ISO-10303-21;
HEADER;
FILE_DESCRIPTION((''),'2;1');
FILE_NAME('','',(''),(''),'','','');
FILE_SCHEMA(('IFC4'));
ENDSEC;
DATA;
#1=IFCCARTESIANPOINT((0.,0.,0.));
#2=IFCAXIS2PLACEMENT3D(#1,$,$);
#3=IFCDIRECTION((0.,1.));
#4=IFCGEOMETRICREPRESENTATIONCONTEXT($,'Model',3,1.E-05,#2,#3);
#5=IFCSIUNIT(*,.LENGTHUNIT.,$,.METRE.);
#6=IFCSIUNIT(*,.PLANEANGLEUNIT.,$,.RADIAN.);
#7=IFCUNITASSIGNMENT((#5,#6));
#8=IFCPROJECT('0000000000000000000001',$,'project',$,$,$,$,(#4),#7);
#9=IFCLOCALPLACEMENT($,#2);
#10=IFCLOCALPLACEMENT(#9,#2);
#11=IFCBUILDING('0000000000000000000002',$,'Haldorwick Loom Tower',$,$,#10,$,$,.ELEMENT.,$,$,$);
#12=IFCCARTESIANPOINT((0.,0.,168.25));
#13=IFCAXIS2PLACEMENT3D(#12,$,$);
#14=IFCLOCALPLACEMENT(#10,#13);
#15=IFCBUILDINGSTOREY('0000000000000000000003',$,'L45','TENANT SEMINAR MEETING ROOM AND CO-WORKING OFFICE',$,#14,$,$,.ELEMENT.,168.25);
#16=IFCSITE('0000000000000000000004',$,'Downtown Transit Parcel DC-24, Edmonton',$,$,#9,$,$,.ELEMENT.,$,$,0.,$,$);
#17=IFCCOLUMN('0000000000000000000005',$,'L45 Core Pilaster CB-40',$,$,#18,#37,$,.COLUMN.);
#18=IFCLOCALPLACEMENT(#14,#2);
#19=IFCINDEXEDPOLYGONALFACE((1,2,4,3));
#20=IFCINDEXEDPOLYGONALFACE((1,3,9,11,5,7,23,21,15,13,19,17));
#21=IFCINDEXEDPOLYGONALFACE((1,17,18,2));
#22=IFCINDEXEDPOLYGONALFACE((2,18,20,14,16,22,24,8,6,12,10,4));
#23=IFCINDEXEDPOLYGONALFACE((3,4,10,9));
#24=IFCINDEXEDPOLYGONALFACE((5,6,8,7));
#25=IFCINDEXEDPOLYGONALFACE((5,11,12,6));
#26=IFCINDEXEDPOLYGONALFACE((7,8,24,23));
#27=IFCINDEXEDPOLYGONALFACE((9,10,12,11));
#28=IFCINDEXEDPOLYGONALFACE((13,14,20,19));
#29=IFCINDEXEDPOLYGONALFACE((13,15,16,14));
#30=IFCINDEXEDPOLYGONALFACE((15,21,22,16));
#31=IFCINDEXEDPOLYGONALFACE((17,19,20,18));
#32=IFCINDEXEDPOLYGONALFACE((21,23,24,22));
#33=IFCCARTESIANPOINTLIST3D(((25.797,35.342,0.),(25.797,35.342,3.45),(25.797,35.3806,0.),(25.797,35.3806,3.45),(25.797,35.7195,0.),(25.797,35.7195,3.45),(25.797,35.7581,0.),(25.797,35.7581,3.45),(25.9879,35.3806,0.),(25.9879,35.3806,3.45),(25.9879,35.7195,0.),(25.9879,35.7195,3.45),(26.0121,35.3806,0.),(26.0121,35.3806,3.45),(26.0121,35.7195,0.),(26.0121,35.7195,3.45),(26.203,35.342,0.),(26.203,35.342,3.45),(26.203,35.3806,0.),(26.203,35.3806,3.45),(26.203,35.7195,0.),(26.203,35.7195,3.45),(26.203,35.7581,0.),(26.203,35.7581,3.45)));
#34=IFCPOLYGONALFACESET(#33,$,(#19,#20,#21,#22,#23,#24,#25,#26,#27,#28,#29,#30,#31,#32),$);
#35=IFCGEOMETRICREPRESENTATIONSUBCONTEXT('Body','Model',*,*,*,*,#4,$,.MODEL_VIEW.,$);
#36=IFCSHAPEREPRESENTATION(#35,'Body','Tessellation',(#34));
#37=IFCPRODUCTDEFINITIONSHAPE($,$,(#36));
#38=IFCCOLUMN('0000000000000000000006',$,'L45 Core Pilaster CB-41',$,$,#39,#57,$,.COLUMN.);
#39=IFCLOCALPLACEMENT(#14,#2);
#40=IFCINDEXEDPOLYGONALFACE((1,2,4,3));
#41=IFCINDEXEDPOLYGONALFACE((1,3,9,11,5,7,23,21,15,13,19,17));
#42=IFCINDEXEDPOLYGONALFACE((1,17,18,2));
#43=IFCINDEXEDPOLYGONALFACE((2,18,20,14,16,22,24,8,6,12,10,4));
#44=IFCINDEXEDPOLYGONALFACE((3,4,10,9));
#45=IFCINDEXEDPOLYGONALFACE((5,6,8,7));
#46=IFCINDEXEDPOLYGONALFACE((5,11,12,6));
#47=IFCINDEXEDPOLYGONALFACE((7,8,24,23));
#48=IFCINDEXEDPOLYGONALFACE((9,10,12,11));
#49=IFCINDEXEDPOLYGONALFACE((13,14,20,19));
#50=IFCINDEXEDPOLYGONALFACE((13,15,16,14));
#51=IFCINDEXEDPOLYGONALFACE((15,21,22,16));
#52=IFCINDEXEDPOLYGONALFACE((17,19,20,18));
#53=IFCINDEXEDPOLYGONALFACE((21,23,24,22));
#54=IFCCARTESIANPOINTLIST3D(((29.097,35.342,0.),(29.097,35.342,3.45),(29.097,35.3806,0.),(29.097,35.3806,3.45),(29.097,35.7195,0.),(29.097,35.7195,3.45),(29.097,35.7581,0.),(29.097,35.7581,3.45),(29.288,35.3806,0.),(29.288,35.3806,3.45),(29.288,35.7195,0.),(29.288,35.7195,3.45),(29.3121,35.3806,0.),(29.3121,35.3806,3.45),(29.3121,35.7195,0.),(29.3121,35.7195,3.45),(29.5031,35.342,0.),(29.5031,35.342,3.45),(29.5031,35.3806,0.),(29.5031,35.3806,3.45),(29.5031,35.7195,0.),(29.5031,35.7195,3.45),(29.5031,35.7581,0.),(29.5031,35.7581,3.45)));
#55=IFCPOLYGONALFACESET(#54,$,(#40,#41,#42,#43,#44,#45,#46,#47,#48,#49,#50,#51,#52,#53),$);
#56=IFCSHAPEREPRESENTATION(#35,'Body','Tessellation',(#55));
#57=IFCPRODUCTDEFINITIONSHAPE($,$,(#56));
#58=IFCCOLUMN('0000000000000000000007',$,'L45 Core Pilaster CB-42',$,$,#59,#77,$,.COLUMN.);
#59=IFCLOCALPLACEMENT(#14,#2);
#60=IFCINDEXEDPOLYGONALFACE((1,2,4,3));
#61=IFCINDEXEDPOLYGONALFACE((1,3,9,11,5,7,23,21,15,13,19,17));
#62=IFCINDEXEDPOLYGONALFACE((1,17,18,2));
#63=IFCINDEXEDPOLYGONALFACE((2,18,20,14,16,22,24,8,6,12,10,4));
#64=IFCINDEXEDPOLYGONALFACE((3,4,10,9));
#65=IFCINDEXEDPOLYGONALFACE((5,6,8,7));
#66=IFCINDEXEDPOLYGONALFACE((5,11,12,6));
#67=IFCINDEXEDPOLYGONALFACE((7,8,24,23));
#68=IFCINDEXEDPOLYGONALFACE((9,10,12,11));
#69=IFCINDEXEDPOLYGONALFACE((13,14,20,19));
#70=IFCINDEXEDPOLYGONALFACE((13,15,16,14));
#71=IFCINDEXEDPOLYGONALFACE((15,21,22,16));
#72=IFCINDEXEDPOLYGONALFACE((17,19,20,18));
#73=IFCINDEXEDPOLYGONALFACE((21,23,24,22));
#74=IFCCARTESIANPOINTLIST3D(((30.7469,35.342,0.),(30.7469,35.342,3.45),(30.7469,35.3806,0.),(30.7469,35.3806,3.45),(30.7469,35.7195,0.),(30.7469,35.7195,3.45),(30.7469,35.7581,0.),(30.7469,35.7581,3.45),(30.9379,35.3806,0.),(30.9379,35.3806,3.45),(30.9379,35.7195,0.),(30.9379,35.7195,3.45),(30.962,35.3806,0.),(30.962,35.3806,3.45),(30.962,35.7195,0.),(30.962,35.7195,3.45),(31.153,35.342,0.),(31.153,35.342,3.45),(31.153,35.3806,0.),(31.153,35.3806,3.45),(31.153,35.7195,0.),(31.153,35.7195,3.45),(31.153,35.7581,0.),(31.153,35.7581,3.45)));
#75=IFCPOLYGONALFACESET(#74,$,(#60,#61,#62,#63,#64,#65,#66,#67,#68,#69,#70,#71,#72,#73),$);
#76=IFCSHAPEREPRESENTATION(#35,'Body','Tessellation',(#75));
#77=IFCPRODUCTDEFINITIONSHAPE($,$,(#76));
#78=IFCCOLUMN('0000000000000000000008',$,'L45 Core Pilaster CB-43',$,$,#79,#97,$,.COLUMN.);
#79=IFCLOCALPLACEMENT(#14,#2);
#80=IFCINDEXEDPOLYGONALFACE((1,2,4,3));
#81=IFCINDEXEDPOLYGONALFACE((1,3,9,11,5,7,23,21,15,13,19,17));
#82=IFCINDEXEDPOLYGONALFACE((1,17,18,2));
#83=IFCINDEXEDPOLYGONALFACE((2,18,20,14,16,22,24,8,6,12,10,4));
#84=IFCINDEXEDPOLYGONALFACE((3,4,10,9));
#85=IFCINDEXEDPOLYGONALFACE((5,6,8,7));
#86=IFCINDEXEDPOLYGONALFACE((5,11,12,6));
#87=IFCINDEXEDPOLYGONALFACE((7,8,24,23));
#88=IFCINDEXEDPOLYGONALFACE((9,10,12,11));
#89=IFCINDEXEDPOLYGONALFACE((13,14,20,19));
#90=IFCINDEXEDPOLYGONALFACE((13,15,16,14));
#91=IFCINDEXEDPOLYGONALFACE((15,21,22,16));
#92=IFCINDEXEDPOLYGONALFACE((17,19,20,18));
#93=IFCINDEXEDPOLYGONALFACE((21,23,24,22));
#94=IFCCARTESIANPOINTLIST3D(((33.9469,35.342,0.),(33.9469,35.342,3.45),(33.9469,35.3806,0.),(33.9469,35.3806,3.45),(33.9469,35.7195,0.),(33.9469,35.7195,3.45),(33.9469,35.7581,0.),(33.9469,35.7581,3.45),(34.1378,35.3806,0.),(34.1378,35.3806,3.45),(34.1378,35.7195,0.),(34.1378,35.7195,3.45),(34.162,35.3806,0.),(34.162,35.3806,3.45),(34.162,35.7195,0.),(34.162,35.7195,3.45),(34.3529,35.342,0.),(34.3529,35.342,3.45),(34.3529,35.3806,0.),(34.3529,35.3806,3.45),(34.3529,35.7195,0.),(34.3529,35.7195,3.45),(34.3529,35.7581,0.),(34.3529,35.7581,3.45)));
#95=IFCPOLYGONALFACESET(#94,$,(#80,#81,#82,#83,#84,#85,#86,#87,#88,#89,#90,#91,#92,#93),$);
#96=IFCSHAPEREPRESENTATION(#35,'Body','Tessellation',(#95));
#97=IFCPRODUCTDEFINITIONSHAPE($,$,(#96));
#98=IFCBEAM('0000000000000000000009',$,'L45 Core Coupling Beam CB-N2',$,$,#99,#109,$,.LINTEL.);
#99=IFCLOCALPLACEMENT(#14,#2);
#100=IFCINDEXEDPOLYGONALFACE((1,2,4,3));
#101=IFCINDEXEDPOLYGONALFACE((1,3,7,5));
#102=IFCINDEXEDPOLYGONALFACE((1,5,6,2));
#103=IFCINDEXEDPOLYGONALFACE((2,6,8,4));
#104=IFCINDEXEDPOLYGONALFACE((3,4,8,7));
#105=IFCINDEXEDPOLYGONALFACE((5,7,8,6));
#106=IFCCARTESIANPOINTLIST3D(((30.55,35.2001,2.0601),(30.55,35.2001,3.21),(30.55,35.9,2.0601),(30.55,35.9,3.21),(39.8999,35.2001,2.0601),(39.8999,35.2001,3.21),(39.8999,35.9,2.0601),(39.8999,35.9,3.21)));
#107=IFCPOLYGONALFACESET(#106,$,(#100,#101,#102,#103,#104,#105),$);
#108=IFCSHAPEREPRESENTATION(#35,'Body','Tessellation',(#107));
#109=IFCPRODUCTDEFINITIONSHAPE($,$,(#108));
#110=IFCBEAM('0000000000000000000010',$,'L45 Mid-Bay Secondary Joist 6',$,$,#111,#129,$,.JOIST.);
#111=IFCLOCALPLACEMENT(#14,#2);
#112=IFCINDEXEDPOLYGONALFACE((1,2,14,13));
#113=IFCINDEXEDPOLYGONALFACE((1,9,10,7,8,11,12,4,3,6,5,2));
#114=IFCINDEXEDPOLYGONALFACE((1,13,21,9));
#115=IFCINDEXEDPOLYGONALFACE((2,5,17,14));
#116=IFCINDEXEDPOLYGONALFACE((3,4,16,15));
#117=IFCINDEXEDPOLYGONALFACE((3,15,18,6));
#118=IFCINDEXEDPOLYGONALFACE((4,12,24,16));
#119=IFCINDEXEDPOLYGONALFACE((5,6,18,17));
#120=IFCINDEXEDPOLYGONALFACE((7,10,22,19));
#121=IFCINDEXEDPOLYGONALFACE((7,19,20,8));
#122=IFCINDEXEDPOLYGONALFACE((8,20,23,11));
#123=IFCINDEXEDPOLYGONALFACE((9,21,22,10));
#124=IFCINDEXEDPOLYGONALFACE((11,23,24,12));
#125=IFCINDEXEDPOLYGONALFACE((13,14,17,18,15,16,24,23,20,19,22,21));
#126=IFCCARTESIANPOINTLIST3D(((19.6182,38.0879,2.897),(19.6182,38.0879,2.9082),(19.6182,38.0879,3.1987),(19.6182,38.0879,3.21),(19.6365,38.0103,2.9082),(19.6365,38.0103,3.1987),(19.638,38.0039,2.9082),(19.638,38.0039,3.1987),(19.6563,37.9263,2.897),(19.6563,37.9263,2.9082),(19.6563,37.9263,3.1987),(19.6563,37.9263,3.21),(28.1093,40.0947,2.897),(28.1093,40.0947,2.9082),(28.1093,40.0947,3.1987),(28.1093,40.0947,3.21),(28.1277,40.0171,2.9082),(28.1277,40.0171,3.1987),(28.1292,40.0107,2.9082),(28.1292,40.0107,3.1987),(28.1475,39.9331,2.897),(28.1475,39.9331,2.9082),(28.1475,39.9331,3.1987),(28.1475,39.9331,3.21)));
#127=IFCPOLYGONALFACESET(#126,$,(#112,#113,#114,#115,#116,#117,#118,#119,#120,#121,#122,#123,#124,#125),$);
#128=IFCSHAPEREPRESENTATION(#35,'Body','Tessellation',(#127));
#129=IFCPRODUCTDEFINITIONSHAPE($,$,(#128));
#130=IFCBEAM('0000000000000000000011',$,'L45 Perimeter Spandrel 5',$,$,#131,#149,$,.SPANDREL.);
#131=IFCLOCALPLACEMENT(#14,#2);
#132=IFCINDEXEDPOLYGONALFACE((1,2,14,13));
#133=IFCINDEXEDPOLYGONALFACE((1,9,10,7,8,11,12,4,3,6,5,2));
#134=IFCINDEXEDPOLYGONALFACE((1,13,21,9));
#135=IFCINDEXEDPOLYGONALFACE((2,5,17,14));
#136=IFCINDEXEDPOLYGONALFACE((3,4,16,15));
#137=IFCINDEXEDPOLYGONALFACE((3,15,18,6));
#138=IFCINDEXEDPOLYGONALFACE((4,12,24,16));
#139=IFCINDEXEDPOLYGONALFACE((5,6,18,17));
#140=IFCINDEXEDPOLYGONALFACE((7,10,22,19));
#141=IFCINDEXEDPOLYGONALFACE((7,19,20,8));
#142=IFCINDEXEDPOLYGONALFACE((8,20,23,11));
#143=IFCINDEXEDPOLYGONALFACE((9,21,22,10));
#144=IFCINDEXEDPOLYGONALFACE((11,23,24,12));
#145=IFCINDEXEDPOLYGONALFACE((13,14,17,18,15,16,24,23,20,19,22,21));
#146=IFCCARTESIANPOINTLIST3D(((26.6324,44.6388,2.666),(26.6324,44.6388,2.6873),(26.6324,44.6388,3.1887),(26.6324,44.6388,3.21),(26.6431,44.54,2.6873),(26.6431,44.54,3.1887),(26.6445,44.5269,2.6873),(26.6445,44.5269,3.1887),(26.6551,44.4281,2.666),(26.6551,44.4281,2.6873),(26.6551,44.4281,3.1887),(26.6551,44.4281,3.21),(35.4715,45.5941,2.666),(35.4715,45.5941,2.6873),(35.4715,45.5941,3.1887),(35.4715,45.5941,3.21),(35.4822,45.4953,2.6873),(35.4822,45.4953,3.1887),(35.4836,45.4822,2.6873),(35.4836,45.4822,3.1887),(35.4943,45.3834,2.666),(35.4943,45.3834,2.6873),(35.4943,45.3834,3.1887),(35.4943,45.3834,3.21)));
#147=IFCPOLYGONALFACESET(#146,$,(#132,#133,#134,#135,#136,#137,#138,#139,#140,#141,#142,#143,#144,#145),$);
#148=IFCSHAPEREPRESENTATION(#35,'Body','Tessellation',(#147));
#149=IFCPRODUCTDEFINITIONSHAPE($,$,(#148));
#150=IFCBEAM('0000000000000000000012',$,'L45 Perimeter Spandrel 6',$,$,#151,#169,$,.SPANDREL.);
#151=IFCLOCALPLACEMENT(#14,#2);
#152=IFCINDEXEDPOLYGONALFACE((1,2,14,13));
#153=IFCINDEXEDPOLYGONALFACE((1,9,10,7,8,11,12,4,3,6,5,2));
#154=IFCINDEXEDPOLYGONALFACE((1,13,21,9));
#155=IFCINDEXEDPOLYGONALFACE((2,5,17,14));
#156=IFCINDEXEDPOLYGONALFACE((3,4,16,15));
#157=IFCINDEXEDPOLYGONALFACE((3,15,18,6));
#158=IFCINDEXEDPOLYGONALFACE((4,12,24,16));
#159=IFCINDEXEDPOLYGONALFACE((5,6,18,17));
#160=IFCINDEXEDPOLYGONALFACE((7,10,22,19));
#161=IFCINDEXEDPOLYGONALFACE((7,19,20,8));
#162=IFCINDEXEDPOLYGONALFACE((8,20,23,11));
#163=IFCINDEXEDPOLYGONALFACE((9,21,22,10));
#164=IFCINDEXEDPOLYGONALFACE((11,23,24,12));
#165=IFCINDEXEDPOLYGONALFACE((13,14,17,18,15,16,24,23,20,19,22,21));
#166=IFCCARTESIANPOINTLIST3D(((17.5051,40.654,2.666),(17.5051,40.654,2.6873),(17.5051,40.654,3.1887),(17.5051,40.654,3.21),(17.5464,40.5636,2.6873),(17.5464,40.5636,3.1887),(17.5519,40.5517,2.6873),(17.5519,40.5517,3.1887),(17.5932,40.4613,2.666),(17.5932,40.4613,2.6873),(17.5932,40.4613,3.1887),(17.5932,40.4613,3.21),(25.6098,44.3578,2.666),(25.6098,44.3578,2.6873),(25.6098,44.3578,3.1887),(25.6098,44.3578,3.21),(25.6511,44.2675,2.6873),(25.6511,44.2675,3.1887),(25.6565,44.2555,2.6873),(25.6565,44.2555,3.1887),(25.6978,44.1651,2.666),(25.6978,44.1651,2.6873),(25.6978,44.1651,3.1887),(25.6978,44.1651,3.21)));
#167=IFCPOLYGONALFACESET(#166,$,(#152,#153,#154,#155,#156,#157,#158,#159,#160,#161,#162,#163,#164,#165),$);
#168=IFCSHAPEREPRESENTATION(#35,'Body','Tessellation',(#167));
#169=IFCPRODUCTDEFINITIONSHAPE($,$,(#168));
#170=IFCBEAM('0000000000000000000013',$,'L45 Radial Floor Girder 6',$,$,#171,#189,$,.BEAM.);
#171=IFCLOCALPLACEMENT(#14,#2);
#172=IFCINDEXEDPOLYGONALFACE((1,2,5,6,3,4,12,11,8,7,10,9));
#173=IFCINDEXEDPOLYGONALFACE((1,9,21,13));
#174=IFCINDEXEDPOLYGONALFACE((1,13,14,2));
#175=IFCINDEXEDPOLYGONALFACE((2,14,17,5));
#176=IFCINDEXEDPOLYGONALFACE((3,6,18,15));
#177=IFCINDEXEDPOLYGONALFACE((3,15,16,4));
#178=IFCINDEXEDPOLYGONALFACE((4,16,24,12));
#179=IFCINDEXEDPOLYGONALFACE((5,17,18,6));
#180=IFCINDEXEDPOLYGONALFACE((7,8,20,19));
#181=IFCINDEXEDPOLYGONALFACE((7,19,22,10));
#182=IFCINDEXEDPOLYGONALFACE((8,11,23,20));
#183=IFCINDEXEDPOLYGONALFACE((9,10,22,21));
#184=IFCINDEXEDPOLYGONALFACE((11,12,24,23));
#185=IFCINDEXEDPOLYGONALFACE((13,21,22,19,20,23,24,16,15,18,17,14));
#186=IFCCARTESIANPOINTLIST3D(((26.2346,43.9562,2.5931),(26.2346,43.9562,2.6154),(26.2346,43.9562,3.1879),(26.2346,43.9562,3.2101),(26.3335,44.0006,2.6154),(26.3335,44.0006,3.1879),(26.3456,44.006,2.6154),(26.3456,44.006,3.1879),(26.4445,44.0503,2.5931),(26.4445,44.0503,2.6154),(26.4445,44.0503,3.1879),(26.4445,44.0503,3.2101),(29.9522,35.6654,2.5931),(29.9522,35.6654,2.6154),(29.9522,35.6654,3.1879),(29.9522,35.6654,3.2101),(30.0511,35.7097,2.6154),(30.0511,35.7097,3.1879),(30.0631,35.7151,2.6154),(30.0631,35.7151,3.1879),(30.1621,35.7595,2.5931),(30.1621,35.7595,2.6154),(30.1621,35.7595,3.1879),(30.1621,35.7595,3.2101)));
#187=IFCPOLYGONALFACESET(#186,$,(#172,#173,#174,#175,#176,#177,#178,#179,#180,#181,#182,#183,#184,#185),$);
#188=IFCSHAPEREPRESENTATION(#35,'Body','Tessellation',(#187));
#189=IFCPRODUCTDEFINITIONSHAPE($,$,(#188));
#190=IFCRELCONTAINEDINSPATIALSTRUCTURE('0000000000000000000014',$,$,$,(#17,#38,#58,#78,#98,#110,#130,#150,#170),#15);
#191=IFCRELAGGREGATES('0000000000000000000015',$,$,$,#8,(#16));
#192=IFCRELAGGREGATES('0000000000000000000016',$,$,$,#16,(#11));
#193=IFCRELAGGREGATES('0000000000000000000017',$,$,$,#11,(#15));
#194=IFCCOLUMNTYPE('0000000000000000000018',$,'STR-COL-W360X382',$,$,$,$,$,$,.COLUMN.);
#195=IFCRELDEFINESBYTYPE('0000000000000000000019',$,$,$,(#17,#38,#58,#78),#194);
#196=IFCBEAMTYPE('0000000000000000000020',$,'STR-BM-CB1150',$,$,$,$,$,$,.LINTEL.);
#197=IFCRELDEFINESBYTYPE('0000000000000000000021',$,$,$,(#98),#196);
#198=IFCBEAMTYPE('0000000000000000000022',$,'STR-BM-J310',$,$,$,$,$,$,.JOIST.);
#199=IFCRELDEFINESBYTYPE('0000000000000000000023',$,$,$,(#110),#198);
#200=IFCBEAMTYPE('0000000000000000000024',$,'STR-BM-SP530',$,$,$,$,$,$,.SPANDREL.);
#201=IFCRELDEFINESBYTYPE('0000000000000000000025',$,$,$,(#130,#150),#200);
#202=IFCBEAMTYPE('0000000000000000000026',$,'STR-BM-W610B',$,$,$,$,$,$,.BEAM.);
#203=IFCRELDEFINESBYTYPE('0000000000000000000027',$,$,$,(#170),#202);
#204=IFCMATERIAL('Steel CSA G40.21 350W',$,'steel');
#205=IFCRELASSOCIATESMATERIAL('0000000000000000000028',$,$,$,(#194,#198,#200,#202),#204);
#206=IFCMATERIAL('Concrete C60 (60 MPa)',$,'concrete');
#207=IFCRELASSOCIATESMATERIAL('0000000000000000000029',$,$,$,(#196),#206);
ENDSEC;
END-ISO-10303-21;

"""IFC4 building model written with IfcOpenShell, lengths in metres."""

from ifc_helpers import new_model, si_unit, direction, frame, origin, origin_2d, place, context, subcontext, project, spatial, rectangle, i_section, extrude, material, material_profile, profile_set, type_object, element, save


model = new_model("IFC4")

# Units and contexts
model_context = context("Model", 3, precision=1e-05, world=origin(), true_north=direction((0.0, 1.0)))
body_context = subcontext(model_context, "Body", "Model", "MODEL_VIEW")
ifc_project = project(units=[si_unit("LENGTHUNIT", "METRE"), si_unit("PLANEANGLEUNIT", "RADIAN")], contexts=[model_context])

# Site, building, storey
site_placement = place(None, origin())
site = spatial("IfcSite", under=ifc_project, at=site_placement, Name="Downtown Transit Parcel DC-24, Edmonton", CompositionType="ELEMENT", RefElevation=0.0)
building_placement = place(site_placement, origin())
building = spatial("IfcBuilding", under=site, at=building_placement, Name="Haldorwick Loom Tower", CompositionType="ELEMENT")
storey_placement = place(building_placement, frame((0.0, 0.0, 168.25)))
storey = spatial("IfcBuildingStorey", under=building, at=storey_placement, Name="L45", Description="TENANT SEMINAR MEETING ROOM AND CO-WORKING OFFICE", CompositionType="ELEMENT", Elevation=168.25)

# Columns
ifc_material_1 = material(Name="Concrete C60 (60 MPa)", Category="concrete")
ifc_material_2 = material(Name="Steel CSA G40.21 350W", Category="steel")
ifc_material_profile_1 = material_profile(ifc_material_2, i_section(OverallWidth=0.406, OverallDepth=0.416, WebThickness=0.0242, FlangeThickness=0.0386, at=origin_2d()), Name="W360X382", Category="steel")
ifc_profile_set_1 = profile_set([ifc_material_profile_1], Name="Steel CSA G40.21 350W")
column_type_1 = type_object("IfcColumnType", Name="STR-COL-W360X382", PredefinedType="COLUMN", material=ifc_profile_set_1)
for number, where, z_axis, x_axis, name in (
    (1, (26.0, 35.55, 0.0), (0.0, 0.0, 1.0), (1.0, 0.0, 0.0), "L45 Core Pilaster CB-40"),
    (2, (29.3, 35.55, 0.0), (0.0, 0.0, 1.0), (1.0, 0.0, 0.0), "L45 Core Pilaster CB-41"),
    (3, (30.95, 35.55, 0.0), (0.0, 0.0, 1.0), (1.0, 0.0, 0.0), "L45 Core Pilaster CB-42"),
    (4, (34.1499, 35.55, 0.0), (0.0, 0.0, 1.0), (1.0, 0.0, 0.0), "L45 Core Pilaster CB-43"),
):
    element("IfcColumn", number, at=place(storey_placement, frame(where, z_axis=z_axis, x_axis=x_axis)), inside=storey, type_object=column_type_1, Name=name, PredefinedType="COLUMN", context=body_context, shape_type="SweptSolid", body=[
        extrude(i_section(OverallWidth=0.406, OverallDepth=0.416, WebThickness=0.0242, FlangeThickness=0.0386, at=origin_2d()), origin(), (0.0, 0.0, 1.0), 3.45),
    ])

# Beams
ifc_material_profile_2 = material_profile(ifc_material_1, rectangle(XDim=0.7, YDim=1.1499, at=origin_2d()), Name="RC700X1150", Category="concrete")
ifc_profile_set_2 = profile_set([ifc_material_profile_2], Name="Concrete C60 (60 MPa)")
beam_type_1 = type_object("IfcBeamType", Name="STR-BM-CB1150", PredefinedType="LINTEL", material=ifc_profile_set_2)
beam_1_placement = place(storey_placement, frame((30.55, 35.55, 2.635), z_axis=(1.0, 0.0, 0.0), x_axis=(0.0, 1.0, 0.0)))
element("IfcBeam", 5, at=beam_1_placement, inside=storey, type_object=beam_type_1, Name="L45 Core Coupling Beam CB-N2", PredefinedType="LINTEL", context=body_context, shape_type="SweptSolid", body=[
    extrude(rectangle(XDim=0.7, YDim=1.1499, at=origin_2d()), origin(), (0.0, 0.0, 1.0), 9.3499),
])
ifc_material_profile_3 = material_profile(ifc_material_2, i_section(OverallWidth=0.166, OverallDepth=0.313, WebThickness=0.0066, FlangeThickness=0.0112, at=origin_2d()), Name="W310X45", Category="steel")
ifc_profile_set_3 = profile_set([ifc_material_profile_3], Name="Steel CSA G40.21 350W")
beam_type_2 = type_object("IfcBeamType", Name="STR-BM-J310", PredefinedType="JOIST", material=ifc_profile_set_3)
beam_2_placement = place(storey_placement, frame((28.1284, 40.0139, 3.0535), z_axis=(-0.973189, -0.230006, 0.0), x_axis=(0.230006, -0.973189, 0.0)))
element("IfcBeam", 6, at=beam_2_placement, inside=storey, type_object=beam_type_2, Name="L45 Mid-Bay Secondary Joist 6", PredefinedType="JOIST", context=body_context, shape_type="SweptSolid", body=[
    extrude(i_section(OverallWidth=0.166, OverallDepth=0.313, WebThickness=0.0066, FlangeThickness=0.0112, at=origin_2d()), origin(), (0.0, 0.0, 1.0), 8.7251),
])
ifc_material_profile_4 = material_profile(ifc_material_2, i_section(OverallWidth=0.2119, OverallDepth=0.5439, WebThickness=0.0132, FlangeThickness=0.0212, at=origin_2d()), Name="W530X123", Category="steel")
ifc_profile_set_4 = profile_set([ifc_material_profile_4], Name="Steel CSA G40.21 350W")
beam_type_3 = type_object("IfcBeamType", Name="STR-BM-SP530", PredefinedType="SPANDREL", material=ifc_profile_set_4)
beam_3_placement = place(storey_placement, frame((35.4829, 45.4888, 2.938), z_axis=(-0.99421, -0.107453, 0.0), x_axis=(0.107453, -0.99421, 0.0)))
element("IfcBeam", 7, at=beam_3_placement, inside=storey, type_object=beam_type_3, Name="L45 Perimeter Spandrel 5", PredefinedType="SPANDREL", context=body_context, shape_type="SweptSolid", body=[
    extrude(i_section(OverallWidth=0.2119, OverallDepth=0.5439, WebThickness=0.0132, FlangeThickness=0.0212, at=origin_2d()), origin(), (0.0, 0.0, 1.0), 8.8906),
])
beam_4_placement = place(storey_placement, frame((25.6538, 44.2615, 2.938), z_axis=(-0.909524, -0.415652, 0.0), x_axis=(0.415652, -0.909524, 0.0)))
element("IfcBeam", 8, at=beam_4_placement, inside=storey, type_object=beam_type_3, Name="L45 Perimeter Spandrel 6", PredefinedType="SPANDREL", context=body_context, shape_type="SweptSolid", body=[
    extrude(i_section(OverallWidth=0.2119, OverallDepth=0.5439, WebThickness=0.0132, FlangeThickness=0.0212, at=origin_2d()), origin(), (0.0, 0.0, 1.0), 8.9109),
])
ifc_material_profile_5 = material_profile(ifc_material_2, i_section(OverallWidth=0.23, OverallDepth=0.6169, WebThickness=0.0132, FlangeThickness=0.0222, at=origin_2d()), Name="W610X140", Category="steel")
ifc_profile_set_5 = profile_set([ifc_material_profile_5], Name="Steel CSA G40.21 350W")
beam_type_4 = type_object("IfcBeamType", Name="STR-BM-W610B", PredefinedType="BEAM", material=ifc_profile_set_5)
beam_5_placement = place(storey_placement, frame((30.0571, 35.7124, 2.9016), z_axis=(-0.409145, 0.912469, 0.0), x_axis=(-0.912469, -0.409145, 0.0)))
element("IfcBeam", 9, at=beam_5_placement, inside=storey, type_object=beam_type_4, Name="L45 Radial Floor Girder 6", PredefinedType="BEAM", context=body_context, shape_type="SweptSolid", body=[
    extrude(i_section(OverallWidth=0.23, OverallDepth=0.6169, WebThickness=0.0132, FlangeThickness=0.0222, at=origin_2d()), origin(), (0.0, 0.0, 1.0), 9.0862),
])

save(model, "model.ifc")
